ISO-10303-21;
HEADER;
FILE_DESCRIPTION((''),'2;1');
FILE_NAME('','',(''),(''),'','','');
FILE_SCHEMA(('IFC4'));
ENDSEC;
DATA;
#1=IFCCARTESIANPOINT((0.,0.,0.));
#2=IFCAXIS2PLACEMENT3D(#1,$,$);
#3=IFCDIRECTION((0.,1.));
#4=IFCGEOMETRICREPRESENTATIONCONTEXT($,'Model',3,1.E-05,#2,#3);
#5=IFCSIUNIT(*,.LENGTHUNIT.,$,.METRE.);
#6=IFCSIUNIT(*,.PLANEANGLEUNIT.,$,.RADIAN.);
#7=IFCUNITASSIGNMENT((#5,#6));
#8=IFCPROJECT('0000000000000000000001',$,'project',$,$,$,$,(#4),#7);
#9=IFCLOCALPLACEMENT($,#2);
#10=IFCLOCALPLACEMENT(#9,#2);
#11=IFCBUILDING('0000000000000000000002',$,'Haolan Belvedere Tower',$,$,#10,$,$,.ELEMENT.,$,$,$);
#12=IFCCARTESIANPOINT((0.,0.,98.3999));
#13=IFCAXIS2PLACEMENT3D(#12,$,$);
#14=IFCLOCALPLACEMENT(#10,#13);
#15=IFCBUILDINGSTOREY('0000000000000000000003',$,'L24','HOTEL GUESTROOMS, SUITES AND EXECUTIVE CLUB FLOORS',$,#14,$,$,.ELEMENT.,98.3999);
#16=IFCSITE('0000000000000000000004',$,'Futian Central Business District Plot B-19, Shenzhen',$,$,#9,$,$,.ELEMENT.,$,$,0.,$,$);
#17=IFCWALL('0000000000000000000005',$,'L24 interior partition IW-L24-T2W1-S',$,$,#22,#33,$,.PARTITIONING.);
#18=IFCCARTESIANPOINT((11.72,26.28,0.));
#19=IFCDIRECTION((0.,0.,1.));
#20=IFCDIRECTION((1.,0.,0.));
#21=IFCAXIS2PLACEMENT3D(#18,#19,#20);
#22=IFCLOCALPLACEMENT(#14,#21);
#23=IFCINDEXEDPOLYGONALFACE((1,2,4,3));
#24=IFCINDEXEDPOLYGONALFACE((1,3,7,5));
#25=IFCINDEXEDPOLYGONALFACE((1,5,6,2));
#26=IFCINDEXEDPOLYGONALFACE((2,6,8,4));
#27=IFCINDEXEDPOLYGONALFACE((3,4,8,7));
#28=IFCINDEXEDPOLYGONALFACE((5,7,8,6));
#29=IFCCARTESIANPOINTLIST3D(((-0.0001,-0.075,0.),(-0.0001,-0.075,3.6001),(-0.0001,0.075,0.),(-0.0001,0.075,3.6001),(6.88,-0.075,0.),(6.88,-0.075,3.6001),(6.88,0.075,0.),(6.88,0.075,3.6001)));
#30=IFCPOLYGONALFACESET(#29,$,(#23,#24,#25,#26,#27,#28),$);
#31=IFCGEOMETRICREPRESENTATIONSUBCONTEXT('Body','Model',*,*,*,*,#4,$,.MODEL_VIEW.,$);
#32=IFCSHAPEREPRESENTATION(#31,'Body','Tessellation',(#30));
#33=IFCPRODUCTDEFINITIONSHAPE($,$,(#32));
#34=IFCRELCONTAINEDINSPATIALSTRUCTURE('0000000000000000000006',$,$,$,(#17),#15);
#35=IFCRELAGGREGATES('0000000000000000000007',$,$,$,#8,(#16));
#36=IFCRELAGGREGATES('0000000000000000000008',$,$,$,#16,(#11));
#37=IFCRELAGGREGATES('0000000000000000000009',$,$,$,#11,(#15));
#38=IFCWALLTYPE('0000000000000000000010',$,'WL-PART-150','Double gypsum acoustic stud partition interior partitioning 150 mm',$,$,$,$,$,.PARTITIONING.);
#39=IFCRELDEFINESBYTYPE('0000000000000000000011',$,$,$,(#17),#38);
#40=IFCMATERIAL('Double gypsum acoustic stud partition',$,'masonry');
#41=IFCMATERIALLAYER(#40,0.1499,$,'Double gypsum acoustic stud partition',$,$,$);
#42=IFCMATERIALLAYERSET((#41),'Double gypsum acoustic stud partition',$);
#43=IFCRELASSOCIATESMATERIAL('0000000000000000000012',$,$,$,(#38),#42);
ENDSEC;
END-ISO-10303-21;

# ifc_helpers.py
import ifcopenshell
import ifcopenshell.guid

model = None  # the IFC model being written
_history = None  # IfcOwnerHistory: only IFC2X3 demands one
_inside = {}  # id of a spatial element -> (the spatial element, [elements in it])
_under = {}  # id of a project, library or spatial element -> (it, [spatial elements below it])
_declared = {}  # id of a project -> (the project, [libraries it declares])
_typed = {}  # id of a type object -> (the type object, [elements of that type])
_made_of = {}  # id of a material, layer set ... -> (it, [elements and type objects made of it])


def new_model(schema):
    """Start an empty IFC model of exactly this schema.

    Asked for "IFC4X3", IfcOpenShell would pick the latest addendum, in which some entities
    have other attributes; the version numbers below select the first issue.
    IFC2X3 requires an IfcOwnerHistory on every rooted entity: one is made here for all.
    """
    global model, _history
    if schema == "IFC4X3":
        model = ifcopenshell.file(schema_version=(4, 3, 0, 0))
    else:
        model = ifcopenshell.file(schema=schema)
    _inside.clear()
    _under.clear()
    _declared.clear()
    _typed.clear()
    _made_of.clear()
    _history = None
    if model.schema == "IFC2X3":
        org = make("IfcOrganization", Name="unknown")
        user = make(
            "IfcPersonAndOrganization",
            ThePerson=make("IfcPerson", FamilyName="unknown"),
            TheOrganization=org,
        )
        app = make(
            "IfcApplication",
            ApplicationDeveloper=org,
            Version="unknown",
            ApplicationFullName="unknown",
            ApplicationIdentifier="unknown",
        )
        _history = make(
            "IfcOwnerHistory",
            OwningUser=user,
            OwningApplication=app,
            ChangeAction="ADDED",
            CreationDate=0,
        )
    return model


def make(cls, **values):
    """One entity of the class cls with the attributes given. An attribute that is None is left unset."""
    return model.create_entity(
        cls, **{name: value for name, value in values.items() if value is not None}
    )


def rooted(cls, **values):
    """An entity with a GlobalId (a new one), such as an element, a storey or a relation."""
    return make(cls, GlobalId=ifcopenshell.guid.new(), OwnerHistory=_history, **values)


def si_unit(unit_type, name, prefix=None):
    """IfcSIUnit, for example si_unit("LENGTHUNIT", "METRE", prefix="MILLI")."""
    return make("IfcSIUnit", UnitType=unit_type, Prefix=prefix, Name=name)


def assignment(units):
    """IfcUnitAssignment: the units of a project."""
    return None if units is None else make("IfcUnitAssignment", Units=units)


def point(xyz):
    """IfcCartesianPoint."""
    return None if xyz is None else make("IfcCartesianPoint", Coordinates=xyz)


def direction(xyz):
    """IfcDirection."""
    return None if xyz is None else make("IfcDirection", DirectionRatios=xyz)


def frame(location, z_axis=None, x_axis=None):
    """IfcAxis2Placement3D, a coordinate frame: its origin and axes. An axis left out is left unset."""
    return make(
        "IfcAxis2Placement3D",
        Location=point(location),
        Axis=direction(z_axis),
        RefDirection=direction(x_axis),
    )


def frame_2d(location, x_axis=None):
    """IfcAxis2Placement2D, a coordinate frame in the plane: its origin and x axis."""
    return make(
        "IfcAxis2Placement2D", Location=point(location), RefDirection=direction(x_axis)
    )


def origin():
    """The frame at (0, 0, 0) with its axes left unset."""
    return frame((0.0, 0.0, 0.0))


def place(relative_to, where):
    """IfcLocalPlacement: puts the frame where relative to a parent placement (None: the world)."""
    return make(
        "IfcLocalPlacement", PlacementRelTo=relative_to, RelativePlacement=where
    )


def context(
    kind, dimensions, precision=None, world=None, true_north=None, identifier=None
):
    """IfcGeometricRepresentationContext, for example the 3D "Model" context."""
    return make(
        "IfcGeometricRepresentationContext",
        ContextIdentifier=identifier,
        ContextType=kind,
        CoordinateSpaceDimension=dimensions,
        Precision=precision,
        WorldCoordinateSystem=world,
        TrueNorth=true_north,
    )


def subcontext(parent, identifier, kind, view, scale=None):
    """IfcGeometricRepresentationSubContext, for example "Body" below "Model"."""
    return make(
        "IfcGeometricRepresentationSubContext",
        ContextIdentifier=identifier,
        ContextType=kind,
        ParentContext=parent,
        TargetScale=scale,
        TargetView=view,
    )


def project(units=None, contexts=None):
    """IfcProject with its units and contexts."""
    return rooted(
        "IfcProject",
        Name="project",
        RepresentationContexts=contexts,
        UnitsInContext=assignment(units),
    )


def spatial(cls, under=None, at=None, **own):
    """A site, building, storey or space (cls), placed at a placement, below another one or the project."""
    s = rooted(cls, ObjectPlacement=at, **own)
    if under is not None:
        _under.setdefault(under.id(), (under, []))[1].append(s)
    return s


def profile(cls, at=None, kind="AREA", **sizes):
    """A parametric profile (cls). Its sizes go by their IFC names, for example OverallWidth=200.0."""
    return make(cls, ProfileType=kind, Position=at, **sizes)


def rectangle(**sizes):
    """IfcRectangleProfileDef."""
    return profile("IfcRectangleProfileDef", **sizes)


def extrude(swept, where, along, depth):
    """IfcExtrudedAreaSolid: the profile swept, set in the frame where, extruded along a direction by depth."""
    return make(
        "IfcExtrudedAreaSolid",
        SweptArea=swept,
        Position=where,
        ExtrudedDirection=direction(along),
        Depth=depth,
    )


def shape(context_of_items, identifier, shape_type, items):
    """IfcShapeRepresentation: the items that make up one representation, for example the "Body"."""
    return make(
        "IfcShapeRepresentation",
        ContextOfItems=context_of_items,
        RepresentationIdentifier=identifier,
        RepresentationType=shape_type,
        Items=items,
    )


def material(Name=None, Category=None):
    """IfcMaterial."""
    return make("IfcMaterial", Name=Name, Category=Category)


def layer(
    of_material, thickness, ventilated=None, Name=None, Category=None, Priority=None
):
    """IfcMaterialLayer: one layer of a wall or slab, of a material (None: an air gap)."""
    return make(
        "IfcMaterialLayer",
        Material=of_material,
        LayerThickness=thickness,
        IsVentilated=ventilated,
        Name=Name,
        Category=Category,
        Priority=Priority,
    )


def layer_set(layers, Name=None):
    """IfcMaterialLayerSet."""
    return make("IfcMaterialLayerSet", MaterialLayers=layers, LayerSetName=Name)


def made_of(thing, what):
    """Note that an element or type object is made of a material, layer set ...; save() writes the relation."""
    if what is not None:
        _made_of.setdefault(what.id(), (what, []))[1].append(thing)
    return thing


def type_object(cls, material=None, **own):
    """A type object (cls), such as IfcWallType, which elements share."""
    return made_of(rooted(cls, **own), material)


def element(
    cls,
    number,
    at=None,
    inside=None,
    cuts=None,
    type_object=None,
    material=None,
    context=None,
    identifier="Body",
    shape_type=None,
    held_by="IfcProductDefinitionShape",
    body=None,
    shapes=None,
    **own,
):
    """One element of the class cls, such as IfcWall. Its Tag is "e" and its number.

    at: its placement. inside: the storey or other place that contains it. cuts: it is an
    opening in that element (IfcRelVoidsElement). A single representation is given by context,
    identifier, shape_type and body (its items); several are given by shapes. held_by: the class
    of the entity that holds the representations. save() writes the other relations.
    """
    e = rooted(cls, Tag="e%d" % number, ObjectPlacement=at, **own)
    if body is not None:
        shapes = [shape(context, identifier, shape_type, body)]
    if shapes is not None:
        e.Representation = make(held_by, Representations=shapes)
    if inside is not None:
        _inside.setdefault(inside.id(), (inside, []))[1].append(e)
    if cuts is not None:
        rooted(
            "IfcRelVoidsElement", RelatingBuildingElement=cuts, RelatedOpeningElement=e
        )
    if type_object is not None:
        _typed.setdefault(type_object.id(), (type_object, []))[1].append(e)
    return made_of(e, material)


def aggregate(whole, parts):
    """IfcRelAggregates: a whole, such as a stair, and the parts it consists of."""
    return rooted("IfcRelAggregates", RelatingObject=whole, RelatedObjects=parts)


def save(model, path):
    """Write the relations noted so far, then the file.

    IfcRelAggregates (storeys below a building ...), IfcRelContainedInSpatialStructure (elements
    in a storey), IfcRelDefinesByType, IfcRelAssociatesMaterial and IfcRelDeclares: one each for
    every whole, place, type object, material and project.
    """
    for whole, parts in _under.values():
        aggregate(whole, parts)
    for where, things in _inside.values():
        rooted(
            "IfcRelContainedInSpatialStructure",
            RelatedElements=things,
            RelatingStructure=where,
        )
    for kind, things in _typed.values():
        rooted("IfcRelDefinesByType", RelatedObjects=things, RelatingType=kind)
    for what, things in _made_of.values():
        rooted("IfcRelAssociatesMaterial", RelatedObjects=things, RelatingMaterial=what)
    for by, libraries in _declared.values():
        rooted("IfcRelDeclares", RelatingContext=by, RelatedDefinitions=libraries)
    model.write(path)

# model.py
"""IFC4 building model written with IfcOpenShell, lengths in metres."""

from ifc_helpers import new_model, si_unit, direction, frame, frame_2d, origin, place, context, subcontext, project, spatial, rectangle, extrude, material, layer, layer_set, type_object, element, save


model = new_model("IFC4")

# Units and contexts
model_context = context("Model", 3, precision=1e-05, world=origin(), true_north=direction((0.0, 1.0)))
body_context = subcontext(model_context, "Body", "Model", "MODEL_VIEW")
ifc_project = project(units=[si_unit("LENGTHUNIT", "METRE"), si_unit("PLANEANGLEUNIT", "RADIAN")], contexts=[model_context])

# Site, building, storey
site_placement = place(None, origin())
site = spatial("IfcSite", under=ifc_project, at=site_placement, Name="Futian Central Business District Plot B-19, Shenzhen", CompositionType="ELEMENT", RefElevation=0.0)
building_placement = place(site_placement, origin())
building = spatial("IfcBuilding", under=site, at=building_placement, Name="Haolan Belvedere Tower", CompositionType="ELEMENT")
storey_placement = place(building_placement, frame((0.0, 0.0, 98.3999)))
storey = spatial("IfcBuildingStorey", under=building, at=storey_placement, Name="L24", Description="HOTEL GUESTROOMS, SUITES AND EXECUTIVE CLUB FLOORS", CompositionType="ELEMENT", Elevation=98.3999)

# Wall
ifc_material_1 = material(Name="Double gypsum acoustic stud partition", Category="masonry")
ifc_layer_1 = layer(ifc_material_1, 0.1499, Name="Double gypsum acoustic stud partition")
ifc_layer_set_1 = layer_set([ifc_layer_1], Name="Double gypsum acoustic stud partition")
wall_type_1 = type_object("IfcWallType", Name="WL-PART-150", Description="Double gypsum acoustic stud partition interior partitioning 150 mm", PredefinedType="PARTITIONING", material=ifc_layer_set_1)
wall_1_placement = place(storey_placement, frame((11.72, 26.28, 0.0), z_axis=(0.0, 0.0, 1.0), x_axis=(1.0, 0.0, 0.0)))
element("IfcWall", 1, at=wall_1_placement, inside=storey, type_object=wall_type_1, Name="L24 interior partition IW-L24-T2W1-S", PredefinedType="PARTITIONING", context=body_context, shape_type="SweptSolid", body=[
    extrude(rectangle(XDim=6.8801, YDim=0.1499, at=frame_2d((3.4399, 0.0))), origin(), (0.0, 0.0, 1.0), 3.6001),
])

save(model, "model.ifc")
